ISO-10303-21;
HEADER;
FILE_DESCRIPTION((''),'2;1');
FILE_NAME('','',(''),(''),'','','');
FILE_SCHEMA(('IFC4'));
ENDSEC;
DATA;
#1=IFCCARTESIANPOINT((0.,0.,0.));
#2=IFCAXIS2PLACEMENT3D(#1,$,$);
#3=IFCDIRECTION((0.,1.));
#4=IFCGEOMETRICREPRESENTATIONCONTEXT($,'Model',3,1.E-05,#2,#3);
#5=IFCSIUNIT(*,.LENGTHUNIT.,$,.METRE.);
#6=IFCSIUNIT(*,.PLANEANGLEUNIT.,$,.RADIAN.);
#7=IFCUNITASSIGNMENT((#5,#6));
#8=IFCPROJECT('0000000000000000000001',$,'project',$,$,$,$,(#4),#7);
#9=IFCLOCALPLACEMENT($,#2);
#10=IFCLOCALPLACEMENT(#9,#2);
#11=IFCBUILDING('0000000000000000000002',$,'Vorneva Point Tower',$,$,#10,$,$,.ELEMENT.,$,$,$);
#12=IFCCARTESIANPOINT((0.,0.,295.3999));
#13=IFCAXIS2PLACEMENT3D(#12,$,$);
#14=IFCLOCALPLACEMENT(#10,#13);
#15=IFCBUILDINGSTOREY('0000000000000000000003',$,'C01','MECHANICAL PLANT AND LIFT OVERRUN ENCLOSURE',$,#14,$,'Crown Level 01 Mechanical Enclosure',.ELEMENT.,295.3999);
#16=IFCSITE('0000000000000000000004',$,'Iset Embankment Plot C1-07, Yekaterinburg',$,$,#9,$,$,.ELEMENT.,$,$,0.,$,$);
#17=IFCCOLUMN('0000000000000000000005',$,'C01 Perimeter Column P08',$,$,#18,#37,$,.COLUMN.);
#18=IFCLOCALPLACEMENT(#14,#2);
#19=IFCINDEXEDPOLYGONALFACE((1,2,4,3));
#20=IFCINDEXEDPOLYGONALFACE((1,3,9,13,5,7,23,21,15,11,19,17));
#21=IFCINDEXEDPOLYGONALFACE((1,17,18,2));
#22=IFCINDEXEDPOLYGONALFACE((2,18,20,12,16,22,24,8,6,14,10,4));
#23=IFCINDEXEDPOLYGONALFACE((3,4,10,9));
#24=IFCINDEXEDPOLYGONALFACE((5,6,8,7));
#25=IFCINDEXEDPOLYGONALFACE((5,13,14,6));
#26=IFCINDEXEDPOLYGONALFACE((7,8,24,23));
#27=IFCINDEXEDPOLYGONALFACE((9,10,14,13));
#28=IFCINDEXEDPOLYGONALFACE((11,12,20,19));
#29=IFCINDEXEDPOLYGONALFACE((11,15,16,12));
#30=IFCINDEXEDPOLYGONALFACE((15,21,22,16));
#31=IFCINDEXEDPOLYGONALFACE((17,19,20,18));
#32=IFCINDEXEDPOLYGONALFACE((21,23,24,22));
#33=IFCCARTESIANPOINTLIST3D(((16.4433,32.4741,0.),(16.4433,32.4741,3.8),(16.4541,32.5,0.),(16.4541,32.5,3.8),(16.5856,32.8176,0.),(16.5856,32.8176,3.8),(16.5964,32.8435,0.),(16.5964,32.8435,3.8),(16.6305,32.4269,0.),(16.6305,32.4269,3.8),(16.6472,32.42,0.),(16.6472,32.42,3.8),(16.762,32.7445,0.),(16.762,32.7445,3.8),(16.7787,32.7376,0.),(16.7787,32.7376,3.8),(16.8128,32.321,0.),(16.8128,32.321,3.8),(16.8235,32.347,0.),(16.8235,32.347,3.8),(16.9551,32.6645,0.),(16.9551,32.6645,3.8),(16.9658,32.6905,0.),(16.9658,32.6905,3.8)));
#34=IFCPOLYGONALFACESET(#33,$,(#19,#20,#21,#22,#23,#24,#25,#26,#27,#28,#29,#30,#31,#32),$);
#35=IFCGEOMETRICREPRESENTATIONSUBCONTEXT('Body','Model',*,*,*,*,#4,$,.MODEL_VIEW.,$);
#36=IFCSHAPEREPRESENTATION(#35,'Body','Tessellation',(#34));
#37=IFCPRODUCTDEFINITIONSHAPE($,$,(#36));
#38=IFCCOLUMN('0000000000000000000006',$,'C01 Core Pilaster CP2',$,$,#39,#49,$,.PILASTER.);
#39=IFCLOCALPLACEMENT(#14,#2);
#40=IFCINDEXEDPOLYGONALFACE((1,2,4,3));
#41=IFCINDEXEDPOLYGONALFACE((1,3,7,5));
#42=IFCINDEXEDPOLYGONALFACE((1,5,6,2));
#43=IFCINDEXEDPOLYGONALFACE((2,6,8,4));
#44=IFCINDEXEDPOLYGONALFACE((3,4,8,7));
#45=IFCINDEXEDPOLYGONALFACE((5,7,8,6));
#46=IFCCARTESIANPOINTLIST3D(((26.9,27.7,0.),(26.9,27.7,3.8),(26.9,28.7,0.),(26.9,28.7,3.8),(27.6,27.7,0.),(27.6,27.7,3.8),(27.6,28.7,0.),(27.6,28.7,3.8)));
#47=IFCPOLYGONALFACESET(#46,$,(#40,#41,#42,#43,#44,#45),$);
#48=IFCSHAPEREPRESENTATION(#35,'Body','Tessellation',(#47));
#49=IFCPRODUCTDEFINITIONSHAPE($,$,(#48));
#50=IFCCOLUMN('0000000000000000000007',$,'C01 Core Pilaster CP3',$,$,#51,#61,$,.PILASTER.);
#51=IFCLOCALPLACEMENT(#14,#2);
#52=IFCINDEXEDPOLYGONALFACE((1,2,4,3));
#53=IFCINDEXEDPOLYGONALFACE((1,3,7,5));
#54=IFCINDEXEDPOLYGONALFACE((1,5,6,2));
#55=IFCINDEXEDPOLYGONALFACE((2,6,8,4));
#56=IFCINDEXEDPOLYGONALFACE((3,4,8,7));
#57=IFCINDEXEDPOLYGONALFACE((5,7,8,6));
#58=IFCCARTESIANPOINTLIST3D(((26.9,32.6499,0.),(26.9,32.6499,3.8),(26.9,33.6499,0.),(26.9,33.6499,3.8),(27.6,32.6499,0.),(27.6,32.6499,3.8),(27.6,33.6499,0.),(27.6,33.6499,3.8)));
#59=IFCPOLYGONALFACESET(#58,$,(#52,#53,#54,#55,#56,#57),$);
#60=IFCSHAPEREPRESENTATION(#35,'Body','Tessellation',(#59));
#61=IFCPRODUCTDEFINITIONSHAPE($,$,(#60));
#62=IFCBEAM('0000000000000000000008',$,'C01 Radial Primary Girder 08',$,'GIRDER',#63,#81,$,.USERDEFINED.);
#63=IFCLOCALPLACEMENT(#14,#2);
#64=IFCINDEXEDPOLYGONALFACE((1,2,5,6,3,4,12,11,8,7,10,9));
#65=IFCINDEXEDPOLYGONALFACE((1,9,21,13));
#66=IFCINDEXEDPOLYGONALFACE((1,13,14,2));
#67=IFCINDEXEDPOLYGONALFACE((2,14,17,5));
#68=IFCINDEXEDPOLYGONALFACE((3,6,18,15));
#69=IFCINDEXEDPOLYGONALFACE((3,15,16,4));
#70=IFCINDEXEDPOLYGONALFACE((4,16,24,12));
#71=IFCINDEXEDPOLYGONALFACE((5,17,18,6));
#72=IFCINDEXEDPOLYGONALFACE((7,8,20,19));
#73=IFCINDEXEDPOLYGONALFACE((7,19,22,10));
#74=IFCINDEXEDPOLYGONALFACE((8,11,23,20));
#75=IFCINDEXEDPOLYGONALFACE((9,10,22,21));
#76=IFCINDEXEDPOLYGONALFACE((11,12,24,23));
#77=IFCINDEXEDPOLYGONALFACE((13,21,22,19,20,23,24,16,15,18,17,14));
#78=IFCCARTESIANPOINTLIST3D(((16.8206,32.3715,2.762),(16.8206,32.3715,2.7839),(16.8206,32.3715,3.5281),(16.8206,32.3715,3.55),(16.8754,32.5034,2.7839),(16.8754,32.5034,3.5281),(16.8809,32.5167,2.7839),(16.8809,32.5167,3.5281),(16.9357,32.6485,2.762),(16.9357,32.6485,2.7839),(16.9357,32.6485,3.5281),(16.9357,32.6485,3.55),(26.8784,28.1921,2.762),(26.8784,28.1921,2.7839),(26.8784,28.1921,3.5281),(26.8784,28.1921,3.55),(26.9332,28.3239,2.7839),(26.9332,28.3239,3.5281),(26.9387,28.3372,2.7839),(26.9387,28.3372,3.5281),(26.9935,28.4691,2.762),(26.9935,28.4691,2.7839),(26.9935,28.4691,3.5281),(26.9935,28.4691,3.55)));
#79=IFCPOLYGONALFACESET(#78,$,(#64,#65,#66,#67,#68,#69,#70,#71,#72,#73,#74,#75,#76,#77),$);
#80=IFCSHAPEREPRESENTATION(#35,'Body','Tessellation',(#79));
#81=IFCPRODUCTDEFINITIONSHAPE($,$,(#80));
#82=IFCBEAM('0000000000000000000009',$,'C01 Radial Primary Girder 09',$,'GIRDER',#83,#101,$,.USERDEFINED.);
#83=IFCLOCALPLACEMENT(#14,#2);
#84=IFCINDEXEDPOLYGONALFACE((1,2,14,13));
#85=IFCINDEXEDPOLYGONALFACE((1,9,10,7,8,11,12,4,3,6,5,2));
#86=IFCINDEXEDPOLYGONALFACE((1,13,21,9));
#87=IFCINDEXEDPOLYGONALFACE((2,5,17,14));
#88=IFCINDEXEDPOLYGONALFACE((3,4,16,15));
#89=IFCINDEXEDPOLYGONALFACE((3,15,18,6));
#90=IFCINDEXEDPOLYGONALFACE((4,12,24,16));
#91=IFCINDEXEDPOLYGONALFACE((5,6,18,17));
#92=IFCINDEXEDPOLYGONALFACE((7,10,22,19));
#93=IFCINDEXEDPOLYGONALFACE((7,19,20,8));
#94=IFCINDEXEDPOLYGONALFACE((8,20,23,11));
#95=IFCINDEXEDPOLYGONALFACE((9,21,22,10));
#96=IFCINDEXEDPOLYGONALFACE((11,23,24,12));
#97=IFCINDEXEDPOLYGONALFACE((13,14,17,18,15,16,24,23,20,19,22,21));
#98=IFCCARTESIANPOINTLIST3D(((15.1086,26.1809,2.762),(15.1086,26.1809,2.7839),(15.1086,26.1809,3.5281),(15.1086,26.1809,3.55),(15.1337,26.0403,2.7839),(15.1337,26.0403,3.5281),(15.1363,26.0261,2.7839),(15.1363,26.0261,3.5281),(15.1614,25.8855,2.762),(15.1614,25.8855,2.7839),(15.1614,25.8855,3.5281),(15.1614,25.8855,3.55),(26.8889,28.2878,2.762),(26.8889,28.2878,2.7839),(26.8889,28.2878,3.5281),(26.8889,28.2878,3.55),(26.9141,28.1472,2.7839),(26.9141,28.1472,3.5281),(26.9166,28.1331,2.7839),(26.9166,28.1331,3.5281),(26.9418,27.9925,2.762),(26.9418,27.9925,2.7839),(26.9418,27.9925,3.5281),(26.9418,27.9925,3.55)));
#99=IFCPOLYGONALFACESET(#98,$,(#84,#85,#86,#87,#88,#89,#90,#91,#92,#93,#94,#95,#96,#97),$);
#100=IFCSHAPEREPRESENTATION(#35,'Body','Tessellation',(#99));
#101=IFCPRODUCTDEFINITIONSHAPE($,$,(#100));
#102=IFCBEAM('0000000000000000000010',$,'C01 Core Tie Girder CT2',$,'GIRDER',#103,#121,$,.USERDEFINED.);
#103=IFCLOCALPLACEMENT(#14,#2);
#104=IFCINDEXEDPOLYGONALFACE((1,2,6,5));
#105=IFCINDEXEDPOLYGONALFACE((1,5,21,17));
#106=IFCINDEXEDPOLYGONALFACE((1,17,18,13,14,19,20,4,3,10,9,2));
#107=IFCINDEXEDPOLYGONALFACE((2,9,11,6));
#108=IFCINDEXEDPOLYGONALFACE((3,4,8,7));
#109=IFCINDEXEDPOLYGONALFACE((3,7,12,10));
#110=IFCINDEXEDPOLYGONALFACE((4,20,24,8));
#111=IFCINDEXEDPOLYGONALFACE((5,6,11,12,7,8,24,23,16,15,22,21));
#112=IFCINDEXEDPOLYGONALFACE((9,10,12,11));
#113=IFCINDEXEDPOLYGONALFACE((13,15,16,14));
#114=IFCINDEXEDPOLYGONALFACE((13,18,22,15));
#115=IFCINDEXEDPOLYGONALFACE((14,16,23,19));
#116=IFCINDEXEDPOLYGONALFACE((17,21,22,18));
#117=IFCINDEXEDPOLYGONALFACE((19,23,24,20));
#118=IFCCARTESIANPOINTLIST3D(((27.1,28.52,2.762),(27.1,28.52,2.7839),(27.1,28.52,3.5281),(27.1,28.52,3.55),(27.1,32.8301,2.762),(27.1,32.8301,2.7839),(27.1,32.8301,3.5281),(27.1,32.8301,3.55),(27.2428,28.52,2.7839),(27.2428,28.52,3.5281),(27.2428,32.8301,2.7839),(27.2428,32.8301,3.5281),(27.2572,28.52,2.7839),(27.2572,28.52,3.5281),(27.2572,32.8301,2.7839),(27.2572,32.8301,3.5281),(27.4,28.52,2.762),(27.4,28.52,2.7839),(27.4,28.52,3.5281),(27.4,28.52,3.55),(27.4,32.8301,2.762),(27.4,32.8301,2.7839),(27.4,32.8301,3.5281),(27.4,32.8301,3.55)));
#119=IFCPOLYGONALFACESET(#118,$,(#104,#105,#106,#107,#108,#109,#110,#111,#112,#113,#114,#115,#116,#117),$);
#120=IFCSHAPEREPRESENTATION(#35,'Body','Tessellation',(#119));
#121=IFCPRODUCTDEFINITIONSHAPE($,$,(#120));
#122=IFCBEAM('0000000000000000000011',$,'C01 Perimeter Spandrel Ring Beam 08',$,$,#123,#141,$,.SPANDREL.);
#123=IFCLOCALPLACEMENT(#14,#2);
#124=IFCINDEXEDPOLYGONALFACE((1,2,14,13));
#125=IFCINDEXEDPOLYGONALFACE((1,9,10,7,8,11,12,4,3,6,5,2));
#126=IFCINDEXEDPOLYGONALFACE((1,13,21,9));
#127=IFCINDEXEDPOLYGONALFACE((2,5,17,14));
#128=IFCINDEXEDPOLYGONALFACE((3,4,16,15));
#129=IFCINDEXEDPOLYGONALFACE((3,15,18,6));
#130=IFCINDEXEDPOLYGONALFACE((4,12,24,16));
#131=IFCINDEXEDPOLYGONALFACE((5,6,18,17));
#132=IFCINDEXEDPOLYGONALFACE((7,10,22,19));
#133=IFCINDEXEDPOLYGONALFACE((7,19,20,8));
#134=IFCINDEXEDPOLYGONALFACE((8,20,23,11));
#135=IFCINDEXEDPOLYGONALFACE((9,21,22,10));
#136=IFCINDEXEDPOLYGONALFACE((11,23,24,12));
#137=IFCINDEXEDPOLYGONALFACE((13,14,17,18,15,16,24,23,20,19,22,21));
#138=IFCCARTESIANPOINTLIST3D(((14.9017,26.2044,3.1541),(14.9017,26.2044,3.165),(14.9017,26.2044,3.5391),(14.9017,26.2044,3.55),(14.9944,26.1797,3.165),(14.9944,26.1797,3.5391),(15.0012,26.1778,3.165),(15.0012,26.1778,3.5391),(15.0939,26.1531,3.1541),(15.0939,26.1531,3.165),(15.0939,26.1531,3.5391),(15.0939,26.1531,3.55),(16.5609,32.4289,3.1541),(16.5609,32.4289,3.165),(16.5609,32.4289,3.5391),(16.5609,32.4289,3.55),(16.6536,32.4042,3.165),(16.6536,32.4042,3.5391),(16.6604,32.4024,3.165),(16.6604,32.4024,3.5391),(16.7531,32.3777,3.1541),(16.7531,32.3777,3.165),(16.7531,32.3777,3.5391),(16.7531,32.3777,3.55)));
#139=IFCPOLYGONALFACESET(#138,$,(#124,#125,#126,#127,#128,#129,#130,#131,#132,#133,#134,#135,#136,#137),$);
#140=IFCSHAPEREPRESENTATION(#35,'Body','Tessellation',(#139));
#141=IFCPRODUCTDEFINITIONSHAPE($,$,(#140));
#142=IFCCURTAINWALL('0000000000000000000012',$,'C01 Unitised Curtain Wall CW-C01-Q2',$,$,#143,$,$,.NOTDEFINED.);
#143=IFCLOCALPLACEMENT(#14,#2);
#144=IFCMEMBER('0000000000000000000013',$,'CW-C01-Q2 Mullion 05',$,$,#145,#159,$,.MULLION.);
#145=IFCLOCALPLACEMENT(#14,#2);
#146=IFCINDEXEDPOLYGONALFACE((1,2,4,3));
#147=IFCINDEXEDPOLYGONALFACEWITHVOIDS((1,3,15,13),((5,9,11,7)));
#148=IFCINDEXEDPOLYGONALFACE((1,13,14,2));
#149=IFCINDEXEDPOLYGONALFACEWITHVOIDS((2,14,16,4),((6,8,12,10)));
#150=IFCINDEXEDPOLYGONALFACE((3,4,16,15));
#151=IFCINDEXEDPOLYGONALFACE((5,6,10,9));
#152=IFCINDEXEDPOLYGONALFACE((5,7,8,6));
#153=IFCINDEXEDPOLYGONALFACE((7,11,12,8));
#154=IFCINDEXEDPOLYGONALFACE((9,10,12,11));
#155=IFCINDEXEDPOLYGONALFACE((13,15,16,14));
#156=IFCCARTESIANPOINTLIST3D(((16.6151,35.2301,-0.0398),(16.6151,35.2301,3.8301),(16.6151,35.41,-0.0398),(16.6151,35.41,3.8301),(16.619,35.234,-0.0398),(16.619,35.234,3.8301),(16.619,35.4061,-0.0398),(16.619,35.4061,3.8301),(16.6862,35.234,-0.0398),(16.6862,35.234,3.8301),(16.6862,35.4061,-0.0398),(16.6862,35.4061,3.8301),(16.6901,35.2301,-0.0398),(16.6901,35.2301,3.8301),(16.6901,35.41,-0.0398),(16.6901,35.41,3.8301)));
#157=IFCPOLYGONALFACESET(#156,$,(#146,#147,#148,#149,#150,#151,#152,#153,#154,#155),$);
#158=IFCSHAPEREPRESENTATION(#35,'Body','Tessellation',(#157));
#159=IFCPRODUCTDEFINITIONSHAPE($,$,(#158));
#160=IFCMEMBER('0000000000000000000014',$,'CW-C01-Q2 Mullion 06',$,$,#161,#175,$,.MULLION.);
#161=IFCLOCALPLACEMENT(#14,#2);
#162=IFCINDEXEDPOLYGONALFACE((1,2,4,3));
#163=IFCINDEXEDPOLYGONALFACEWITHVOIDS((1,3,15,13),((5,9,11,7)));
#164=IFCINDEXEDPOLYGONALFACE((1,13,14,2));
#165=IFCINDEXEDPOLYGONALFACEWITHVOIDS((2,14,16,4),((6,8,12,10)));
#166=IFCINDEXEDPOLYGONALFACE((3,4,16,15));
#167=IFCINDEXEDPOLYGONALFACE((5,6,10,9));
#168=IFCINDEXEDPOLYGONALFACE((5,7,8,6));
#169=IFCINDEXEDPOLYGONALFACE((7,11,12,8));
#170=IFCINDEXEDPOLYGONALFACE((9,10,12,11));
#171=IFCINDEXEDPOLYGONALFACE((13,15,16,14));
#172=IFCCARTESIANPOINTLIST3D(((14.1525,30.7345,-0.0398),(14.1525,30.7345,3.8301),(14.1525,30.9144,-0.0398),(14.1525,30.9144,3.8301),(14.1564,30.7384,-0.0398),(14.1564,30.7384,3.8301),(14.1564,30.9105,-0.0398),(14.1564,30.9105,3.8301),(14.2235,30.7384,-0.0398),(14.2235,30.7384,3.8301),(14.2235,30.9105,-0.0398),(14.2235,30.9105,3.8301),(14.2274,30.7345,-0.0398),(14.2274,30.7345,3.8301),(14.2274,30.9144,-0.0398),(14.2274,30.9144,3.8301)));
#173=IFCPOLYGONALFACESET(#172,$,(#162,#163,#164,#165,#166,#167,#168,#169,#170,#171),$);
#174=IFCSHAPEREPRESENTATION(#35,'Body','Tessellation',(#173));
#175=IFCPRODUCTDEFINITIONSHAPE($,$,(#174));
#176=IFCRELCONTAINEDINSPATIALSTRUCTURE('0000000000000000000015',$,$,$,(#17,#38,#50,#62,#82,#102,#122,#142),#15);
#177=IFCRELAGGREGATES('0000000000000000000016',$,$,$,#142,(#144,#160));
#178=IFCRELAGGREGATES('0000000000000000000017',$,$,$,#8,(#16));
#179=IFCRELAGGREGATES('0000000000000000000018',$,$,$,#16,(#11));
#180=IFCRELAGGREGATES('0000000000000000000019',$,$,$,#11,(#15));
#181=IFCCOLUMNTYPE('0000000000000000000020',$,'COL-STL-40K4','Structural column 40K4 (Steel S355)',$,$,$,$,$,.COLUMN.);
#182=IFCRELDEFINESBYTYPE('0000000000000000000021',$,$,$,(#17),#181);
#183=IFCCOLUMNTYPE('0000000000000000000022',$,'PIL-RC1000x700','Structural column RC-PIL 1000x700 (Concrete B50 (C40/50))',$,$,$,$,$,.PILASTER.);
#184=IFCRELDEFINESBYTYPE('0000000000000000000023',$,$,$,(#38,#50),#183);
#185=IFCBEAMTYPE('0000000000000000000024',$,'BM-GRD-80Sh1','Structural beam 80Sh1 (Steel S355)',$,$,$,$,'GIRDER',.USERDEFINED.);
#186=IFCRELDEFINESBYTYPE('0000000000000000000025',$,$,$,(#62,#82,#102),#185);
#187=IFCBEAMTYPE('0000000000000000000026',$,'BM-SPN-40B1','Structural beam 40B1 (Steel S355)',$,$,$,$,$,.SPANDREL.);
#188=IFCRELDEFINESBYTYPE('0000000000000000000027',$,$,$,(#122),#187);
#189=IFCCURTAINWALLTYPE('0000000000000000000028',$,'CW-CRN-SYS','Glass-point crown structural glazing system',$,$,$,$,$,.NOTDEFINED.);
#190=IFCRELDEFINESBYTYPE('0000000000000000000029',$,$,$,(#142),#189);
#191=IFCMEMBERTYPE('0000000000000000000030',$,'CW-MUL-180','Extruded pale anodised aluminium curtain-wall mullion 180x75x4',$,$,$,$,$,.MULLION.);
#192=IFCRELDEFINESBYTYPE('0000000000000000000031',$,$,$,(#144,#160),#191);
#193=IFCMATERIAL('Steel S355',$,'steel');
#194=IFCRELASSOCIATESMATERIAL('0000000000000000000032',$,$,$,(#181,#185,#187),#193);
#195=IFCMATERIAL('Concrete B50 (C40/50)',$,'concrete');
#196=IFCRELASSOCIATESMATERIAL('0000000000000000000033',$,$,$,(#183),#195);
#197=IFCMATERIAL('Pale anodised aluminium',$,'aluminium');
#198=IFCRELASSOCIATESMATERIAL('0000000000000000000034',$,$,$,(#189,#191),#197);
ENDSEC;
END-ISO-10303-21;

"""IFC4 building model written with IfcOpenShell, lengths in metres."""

from ifc_helpers import new_model, si_unit, direction, frame, origin, origin_2d, place, context, subcontext, project, spatial, rectangle, hollow_rectangle, i_section, extrude, material, material_profile, profile_set, type_object, element, aggregate, save


model = new_model("IFC4")

# Units and contexts
model_context = context("Model", 3, precision=1e-05, world=origin(), true_north=direction((0.0, 1.0)))
body_context = subcontext(model_context, "Body", "Model", "MODEL_VIEW")
ifc_project = project(units=[si_unit("LENGTHUNIT", "METRE"), si_unit("PLANEANGLEUNIT", "RADIAN")], contexts=[model_context])

# Site, building, storey
site_placement = place(None, origin())
site = spatial("IfcSite", under=ifc_project, at=site_placement, Name="Iset Embankment Plot C1-07, Yekaterinburg", CompositionType="ELEMENT", RefElevation=0.0)
building_placement = place(site_placement, origin())
building = spatial("IfcBuilding", under=site, at=building_placement, Name="Vorneva Point Tower", CompositionType="ELEMENT")
storey_placement = place(building_placement, frame((0.0, 0.0, 295.3999)))
storey = spatial("IfcBuildingStorey", under=building, at=storey_placement, Name="C01", Description="MECHANICAL PLANT AND LIFT OVERRUN ENCLOSURE", LongName="Crown Level 01 Mechanical Enclosure", CompositionType="ELEMENT", Elevation=295.3999)

# Columns
ifc_material_1 = material(Name="Steel S355", Category="steel")
ifc_material_profile_1 = material_profile(ifc_material_1, i_section(OverallWidth=0.3999, OverallDepth=0.3999, WebThickness=0.0181, FlangeThickness=0.0281, at=origin_2d()), Name="40K4")
ifc_profile_set_1 = profile_set([ifc_material_profile_1], Name="Steel S355")
column_type_1 = type_object("IfcColumnType", Name="COL-STL-40K4", Description="Structural column 40K4 (Steel S355)", PredefinedType="COLUMN", material=ifc_profile_set_1)
column_placement = place(storey_placement, frame((16.7046, 32.5823, 0.0), z_axis=(0.0, 0.0, 1.0), x_axis=(-0.92388, 0.382683, 0.0)))
element("IfcColumn", 1, at=column_placement, inside=storey, type_object=column_type_1, Name="C01 Perimeter Column P08", PredefinedType="COLUMN", context=body_context, shape_type="SweptSolid", body=[
    extrude(i_section(OverallWidth=0.3999, OverallDepth=0.3999, WebThickness=0.0181, FlangeThickness=0.0281, at=origin_2d()), origin(), (0.0, 0.0, 1.0), 3.8),
])
ifc_material_2 = material(Name="Concrete B50 (C40/50)", Category="concrete")
ifc_material_profile_2 = material_profile(ifc_material_2, rectangle(XDim=0.7, YDim=1.0, at=origin_2d()), Name="RC-PIL 1000x700")
ifc_profile_set_2 = profile_set([ifc_material_profile_2], Name="Concrete B50 (C40/50)")
column_type_2 = type_object("IfcColumnType", Name="PIL-RC1000x700", Description="Structural column RC-PIL 1000x700 (Concrete B50 (C40/50))", PredefinedType="PILASTER", material=ifc_profile_set_2)
for number, where, z_axis, x_axis, name in (
    (2, (27.25, 28.2, 0.0), (0.0, 0.0, 1.0), (1.0, 0.0, 0.0), "C01 Core Pilaster CP2"),
    (3, (27.25, 33.1499, 0.0), (0.0, 0.0, 1.0), (1.0, 0.0, 0.0), "C01 Core Pilaster CP3"),
):
    element("IfcColumn", number, at=place(storey_placement, frame(where, z_axis=z_axis, x_axis=x_axis)), inside=storey, type_object=column_type_2, Name=name, PredefinedType="PILASTER", context=body_context, shape_type="SweptSolid", body=[
        extrude(rectangle(XDim=0.7, YDim=1.0, at=origin_2d()), origin(), (0.0, 0.0, 1.0), 3.8),
    ])

# Beams
ifc_material_profile_3 = material_profile(ifc_material_1, i_section(OverallWidth=0.3, OverallDepth=0.7881, WebThickness=0.0144, FlangeThickness=0.022, at=origin_2d()), Name="80Sh1")
ifc_profile_set_3 = profile_set([ifc_material_profile_3], Name="Steel S355")
beam_type_1 = type_object("IfcBeamType", Name="BM-GRD-80Sh1", Description="Structural beam 80Sh1 (Steel S355)", ElementType="GIRDER", PredefinedType="USERDEFINED", material=ifc_profile_set_3)
beam_1_placement = place(storey_placement, frame((16.8782, 32.51, 3.156), z_axis=(0.923446, -0.383729, 0.0), x_axis=(0.383729, 0.923446, 0.0)))
element("IfcBeam", 4, at=beam_1_placement, inside=storey, type_object=beam_type_1, Name="C01 Radial Primary Girder 08", ObjectType="GIRDER", PredefinedType="USERDEFINED", context=body_context, shape_type="SweptSolid", body=[
    extrude(i_section(OverallWidth=0.3, OverallDepth=0.7881, WebThickness=0.0144, FlangeThickness=0.022, at=origin_2d()), origin(), (0.0, 0.0, 1.0), 10.8916),
])
beam_2_placement = place(storey_placement, frame((15.135, 26.0332, 3.156), z_axis=(0.98438, 0.176059, 0.0), x_axis=(-0.176059, 0.98438, 0.0)))
element("IfcBeam", 5, at=beam_2_placement, inside=storey, type_object=beam_type_1, Name="C01 Radial Primary Girder 09", ObjectType="GIRDER", PredefinedType="USERDEFINED", context=body_context, shape_type="SweptSolid", body=[
    extrude(i_section(OverallWidth=0.3, OverallDepth=0.7881, WebThickness=0.0144, FlangeThickness=0.022, at=origin_2d()), origin(), (0.0, 0.0, 1.0), 11.9673),
])
beam_3_placement = place(storey_placement, frame((27.25, 28.52, 3.156), z_axis=(0.0, 1.0, 0.0), x_axis=(-1.0, 0.0, 0.0)))
element("IfcBeam", 6, at=beam_3_placement, inside=storey, type_object=beam_type_1, Name="C01 Core Tie Girder CT2", ObjectType="GIRDER", PredefinedType="USERDEFINED", context=body_context, shape_type="SweptSolid", body=[
    extrude(i_section(OverallWidth=0.3, OverallDepth=0.7881, WebThickness=0.0144, FlangeThickness=0.022, at=origin_2d()), origin(), (0.0, 0.0, 1.0), 4.3101),
])
ifc_material_profile_4 = material_profile(ifc_material_1, i_section(OverallWidth=0.199, OverallDepth=0.396, WebThickness=0.0071, FlangeThickness=0.011, at=origin_2d()), Name="40B1")
ifc_profile_set_4 = profile_set([ifc_material_profile_4], Name="Steel S355")
beam_type_2 = type_object("IfcBeamType", Name="BM-SPN-40B1", Description="Structural beam 40B1 (Steel S355)", PredefinedType="SPANDREL", material=ifc_profile_set_4)
beam_4_placement = place(storey_placement, frame((16.657, 32.4033, 3.3521), z_axis=(-0.257559, -0.966263, 0.0), x_axis=(0.966263, -0.257559, 0.0)))
element("IfcBeam", 7, at=beam_4_placement, inside=storey, type_object=beam_type_2, Name="C01 Perimeter Spandrel Ring Beam 08", PredefinedType="SPANDREL", context=body_context, shape_type="SweptSolid", body=[
    extrude(i_section(OverallWidth=0.199, OverallDepth=0.396, WebThickness=0.0071, FlangeThickness=0.011, at=origin_2d()), origin(), (0.0, 0.0, 1.0), 6.4419),
])

# Curtain wall, members
ifc_material_3 = material(Name="Pale anodised aluminium", Category="aluminium")
curtain_wall_type = type_object("IfcCurtainWallType", Name="CW-CRN-SYS", Description="Glass-point crown structural glazing system", PredefinedType="NOTDEFINED", material=ifc_material_3)
curtain_wall_placement = place(storey_placement, origin())
curtain_wall = element("IfcCurtainWall", 8, at=curtain_wall_placement, inside=storey, type_object=curtain_wall_type, Name="C01 Unitised Curtain Wall CW-C01-Q2", PredefinedType="NOTDEFINED")
ifc_material_profile_5 = material_profile(ifc_material_3, hollow_rectangle(XDim=0.075, YDim=0.1799, WallThickness=0.0039, at=origin_2d()), Name="AL-MUL 180x75x4")
ifc_profile_set_5 = profile_set([ifc_material_profile_5], Name="Pale anodised aluminium")
member_type_1 = type_object("IfcMemberType", Name="CW-MUL-180", Description="Extruded pale anodised aluminium curtain-wall mullion 180x75x4", PredefinedType="MULLION", material=ifc_profile_set_5)
member_1_placement = place(storey_placement, frame((16.6526, 35.3201, -0.0398), z_axis=(0.0, 0.0, 1.0), x_axis=(1.0, 0.0, 0.0)))
member_1 = element("IfcMember", 9, at=member_1_placement, type_object=member_type_1, Name="CW-C01-Q2 Mullion 05", PredefinedType="MULLION", context=body_context, shape_type="SweptSolid", body=[
    extrude(hollow_rectangle(XDim=0.075, YDim=0.1799, WallThickness=0.0039, at=origin_2d()), origin(), (0.0, 0.0, 1.0), 3.8699),
])
member_2_placement = place(storey_placement, frame((14.1899, 30.8245, -0.0398), z_axis=(0.0, 0.0, 1.0), x_axis=(1.0, 0.0, 0.0)))
member_2 = element("IfcMember", 10, at=member_2_placement, type_object=member_type_1, Name="CW-C01-Q2 Mullion 06", PredefinedType="MULLION", context=body_context, shape_type="SweptSolid", body=[
    extrude(hollow_rectangle(XDim=0.075, YDim=0.1799, WallThickness=0.0039, at=origin_2d()), origin(), (0.0, 0.0, 1.0), 3.8699),
])

aggregate(curtain_wall, [member_1, member_2])

save(model, "model.ifc")
